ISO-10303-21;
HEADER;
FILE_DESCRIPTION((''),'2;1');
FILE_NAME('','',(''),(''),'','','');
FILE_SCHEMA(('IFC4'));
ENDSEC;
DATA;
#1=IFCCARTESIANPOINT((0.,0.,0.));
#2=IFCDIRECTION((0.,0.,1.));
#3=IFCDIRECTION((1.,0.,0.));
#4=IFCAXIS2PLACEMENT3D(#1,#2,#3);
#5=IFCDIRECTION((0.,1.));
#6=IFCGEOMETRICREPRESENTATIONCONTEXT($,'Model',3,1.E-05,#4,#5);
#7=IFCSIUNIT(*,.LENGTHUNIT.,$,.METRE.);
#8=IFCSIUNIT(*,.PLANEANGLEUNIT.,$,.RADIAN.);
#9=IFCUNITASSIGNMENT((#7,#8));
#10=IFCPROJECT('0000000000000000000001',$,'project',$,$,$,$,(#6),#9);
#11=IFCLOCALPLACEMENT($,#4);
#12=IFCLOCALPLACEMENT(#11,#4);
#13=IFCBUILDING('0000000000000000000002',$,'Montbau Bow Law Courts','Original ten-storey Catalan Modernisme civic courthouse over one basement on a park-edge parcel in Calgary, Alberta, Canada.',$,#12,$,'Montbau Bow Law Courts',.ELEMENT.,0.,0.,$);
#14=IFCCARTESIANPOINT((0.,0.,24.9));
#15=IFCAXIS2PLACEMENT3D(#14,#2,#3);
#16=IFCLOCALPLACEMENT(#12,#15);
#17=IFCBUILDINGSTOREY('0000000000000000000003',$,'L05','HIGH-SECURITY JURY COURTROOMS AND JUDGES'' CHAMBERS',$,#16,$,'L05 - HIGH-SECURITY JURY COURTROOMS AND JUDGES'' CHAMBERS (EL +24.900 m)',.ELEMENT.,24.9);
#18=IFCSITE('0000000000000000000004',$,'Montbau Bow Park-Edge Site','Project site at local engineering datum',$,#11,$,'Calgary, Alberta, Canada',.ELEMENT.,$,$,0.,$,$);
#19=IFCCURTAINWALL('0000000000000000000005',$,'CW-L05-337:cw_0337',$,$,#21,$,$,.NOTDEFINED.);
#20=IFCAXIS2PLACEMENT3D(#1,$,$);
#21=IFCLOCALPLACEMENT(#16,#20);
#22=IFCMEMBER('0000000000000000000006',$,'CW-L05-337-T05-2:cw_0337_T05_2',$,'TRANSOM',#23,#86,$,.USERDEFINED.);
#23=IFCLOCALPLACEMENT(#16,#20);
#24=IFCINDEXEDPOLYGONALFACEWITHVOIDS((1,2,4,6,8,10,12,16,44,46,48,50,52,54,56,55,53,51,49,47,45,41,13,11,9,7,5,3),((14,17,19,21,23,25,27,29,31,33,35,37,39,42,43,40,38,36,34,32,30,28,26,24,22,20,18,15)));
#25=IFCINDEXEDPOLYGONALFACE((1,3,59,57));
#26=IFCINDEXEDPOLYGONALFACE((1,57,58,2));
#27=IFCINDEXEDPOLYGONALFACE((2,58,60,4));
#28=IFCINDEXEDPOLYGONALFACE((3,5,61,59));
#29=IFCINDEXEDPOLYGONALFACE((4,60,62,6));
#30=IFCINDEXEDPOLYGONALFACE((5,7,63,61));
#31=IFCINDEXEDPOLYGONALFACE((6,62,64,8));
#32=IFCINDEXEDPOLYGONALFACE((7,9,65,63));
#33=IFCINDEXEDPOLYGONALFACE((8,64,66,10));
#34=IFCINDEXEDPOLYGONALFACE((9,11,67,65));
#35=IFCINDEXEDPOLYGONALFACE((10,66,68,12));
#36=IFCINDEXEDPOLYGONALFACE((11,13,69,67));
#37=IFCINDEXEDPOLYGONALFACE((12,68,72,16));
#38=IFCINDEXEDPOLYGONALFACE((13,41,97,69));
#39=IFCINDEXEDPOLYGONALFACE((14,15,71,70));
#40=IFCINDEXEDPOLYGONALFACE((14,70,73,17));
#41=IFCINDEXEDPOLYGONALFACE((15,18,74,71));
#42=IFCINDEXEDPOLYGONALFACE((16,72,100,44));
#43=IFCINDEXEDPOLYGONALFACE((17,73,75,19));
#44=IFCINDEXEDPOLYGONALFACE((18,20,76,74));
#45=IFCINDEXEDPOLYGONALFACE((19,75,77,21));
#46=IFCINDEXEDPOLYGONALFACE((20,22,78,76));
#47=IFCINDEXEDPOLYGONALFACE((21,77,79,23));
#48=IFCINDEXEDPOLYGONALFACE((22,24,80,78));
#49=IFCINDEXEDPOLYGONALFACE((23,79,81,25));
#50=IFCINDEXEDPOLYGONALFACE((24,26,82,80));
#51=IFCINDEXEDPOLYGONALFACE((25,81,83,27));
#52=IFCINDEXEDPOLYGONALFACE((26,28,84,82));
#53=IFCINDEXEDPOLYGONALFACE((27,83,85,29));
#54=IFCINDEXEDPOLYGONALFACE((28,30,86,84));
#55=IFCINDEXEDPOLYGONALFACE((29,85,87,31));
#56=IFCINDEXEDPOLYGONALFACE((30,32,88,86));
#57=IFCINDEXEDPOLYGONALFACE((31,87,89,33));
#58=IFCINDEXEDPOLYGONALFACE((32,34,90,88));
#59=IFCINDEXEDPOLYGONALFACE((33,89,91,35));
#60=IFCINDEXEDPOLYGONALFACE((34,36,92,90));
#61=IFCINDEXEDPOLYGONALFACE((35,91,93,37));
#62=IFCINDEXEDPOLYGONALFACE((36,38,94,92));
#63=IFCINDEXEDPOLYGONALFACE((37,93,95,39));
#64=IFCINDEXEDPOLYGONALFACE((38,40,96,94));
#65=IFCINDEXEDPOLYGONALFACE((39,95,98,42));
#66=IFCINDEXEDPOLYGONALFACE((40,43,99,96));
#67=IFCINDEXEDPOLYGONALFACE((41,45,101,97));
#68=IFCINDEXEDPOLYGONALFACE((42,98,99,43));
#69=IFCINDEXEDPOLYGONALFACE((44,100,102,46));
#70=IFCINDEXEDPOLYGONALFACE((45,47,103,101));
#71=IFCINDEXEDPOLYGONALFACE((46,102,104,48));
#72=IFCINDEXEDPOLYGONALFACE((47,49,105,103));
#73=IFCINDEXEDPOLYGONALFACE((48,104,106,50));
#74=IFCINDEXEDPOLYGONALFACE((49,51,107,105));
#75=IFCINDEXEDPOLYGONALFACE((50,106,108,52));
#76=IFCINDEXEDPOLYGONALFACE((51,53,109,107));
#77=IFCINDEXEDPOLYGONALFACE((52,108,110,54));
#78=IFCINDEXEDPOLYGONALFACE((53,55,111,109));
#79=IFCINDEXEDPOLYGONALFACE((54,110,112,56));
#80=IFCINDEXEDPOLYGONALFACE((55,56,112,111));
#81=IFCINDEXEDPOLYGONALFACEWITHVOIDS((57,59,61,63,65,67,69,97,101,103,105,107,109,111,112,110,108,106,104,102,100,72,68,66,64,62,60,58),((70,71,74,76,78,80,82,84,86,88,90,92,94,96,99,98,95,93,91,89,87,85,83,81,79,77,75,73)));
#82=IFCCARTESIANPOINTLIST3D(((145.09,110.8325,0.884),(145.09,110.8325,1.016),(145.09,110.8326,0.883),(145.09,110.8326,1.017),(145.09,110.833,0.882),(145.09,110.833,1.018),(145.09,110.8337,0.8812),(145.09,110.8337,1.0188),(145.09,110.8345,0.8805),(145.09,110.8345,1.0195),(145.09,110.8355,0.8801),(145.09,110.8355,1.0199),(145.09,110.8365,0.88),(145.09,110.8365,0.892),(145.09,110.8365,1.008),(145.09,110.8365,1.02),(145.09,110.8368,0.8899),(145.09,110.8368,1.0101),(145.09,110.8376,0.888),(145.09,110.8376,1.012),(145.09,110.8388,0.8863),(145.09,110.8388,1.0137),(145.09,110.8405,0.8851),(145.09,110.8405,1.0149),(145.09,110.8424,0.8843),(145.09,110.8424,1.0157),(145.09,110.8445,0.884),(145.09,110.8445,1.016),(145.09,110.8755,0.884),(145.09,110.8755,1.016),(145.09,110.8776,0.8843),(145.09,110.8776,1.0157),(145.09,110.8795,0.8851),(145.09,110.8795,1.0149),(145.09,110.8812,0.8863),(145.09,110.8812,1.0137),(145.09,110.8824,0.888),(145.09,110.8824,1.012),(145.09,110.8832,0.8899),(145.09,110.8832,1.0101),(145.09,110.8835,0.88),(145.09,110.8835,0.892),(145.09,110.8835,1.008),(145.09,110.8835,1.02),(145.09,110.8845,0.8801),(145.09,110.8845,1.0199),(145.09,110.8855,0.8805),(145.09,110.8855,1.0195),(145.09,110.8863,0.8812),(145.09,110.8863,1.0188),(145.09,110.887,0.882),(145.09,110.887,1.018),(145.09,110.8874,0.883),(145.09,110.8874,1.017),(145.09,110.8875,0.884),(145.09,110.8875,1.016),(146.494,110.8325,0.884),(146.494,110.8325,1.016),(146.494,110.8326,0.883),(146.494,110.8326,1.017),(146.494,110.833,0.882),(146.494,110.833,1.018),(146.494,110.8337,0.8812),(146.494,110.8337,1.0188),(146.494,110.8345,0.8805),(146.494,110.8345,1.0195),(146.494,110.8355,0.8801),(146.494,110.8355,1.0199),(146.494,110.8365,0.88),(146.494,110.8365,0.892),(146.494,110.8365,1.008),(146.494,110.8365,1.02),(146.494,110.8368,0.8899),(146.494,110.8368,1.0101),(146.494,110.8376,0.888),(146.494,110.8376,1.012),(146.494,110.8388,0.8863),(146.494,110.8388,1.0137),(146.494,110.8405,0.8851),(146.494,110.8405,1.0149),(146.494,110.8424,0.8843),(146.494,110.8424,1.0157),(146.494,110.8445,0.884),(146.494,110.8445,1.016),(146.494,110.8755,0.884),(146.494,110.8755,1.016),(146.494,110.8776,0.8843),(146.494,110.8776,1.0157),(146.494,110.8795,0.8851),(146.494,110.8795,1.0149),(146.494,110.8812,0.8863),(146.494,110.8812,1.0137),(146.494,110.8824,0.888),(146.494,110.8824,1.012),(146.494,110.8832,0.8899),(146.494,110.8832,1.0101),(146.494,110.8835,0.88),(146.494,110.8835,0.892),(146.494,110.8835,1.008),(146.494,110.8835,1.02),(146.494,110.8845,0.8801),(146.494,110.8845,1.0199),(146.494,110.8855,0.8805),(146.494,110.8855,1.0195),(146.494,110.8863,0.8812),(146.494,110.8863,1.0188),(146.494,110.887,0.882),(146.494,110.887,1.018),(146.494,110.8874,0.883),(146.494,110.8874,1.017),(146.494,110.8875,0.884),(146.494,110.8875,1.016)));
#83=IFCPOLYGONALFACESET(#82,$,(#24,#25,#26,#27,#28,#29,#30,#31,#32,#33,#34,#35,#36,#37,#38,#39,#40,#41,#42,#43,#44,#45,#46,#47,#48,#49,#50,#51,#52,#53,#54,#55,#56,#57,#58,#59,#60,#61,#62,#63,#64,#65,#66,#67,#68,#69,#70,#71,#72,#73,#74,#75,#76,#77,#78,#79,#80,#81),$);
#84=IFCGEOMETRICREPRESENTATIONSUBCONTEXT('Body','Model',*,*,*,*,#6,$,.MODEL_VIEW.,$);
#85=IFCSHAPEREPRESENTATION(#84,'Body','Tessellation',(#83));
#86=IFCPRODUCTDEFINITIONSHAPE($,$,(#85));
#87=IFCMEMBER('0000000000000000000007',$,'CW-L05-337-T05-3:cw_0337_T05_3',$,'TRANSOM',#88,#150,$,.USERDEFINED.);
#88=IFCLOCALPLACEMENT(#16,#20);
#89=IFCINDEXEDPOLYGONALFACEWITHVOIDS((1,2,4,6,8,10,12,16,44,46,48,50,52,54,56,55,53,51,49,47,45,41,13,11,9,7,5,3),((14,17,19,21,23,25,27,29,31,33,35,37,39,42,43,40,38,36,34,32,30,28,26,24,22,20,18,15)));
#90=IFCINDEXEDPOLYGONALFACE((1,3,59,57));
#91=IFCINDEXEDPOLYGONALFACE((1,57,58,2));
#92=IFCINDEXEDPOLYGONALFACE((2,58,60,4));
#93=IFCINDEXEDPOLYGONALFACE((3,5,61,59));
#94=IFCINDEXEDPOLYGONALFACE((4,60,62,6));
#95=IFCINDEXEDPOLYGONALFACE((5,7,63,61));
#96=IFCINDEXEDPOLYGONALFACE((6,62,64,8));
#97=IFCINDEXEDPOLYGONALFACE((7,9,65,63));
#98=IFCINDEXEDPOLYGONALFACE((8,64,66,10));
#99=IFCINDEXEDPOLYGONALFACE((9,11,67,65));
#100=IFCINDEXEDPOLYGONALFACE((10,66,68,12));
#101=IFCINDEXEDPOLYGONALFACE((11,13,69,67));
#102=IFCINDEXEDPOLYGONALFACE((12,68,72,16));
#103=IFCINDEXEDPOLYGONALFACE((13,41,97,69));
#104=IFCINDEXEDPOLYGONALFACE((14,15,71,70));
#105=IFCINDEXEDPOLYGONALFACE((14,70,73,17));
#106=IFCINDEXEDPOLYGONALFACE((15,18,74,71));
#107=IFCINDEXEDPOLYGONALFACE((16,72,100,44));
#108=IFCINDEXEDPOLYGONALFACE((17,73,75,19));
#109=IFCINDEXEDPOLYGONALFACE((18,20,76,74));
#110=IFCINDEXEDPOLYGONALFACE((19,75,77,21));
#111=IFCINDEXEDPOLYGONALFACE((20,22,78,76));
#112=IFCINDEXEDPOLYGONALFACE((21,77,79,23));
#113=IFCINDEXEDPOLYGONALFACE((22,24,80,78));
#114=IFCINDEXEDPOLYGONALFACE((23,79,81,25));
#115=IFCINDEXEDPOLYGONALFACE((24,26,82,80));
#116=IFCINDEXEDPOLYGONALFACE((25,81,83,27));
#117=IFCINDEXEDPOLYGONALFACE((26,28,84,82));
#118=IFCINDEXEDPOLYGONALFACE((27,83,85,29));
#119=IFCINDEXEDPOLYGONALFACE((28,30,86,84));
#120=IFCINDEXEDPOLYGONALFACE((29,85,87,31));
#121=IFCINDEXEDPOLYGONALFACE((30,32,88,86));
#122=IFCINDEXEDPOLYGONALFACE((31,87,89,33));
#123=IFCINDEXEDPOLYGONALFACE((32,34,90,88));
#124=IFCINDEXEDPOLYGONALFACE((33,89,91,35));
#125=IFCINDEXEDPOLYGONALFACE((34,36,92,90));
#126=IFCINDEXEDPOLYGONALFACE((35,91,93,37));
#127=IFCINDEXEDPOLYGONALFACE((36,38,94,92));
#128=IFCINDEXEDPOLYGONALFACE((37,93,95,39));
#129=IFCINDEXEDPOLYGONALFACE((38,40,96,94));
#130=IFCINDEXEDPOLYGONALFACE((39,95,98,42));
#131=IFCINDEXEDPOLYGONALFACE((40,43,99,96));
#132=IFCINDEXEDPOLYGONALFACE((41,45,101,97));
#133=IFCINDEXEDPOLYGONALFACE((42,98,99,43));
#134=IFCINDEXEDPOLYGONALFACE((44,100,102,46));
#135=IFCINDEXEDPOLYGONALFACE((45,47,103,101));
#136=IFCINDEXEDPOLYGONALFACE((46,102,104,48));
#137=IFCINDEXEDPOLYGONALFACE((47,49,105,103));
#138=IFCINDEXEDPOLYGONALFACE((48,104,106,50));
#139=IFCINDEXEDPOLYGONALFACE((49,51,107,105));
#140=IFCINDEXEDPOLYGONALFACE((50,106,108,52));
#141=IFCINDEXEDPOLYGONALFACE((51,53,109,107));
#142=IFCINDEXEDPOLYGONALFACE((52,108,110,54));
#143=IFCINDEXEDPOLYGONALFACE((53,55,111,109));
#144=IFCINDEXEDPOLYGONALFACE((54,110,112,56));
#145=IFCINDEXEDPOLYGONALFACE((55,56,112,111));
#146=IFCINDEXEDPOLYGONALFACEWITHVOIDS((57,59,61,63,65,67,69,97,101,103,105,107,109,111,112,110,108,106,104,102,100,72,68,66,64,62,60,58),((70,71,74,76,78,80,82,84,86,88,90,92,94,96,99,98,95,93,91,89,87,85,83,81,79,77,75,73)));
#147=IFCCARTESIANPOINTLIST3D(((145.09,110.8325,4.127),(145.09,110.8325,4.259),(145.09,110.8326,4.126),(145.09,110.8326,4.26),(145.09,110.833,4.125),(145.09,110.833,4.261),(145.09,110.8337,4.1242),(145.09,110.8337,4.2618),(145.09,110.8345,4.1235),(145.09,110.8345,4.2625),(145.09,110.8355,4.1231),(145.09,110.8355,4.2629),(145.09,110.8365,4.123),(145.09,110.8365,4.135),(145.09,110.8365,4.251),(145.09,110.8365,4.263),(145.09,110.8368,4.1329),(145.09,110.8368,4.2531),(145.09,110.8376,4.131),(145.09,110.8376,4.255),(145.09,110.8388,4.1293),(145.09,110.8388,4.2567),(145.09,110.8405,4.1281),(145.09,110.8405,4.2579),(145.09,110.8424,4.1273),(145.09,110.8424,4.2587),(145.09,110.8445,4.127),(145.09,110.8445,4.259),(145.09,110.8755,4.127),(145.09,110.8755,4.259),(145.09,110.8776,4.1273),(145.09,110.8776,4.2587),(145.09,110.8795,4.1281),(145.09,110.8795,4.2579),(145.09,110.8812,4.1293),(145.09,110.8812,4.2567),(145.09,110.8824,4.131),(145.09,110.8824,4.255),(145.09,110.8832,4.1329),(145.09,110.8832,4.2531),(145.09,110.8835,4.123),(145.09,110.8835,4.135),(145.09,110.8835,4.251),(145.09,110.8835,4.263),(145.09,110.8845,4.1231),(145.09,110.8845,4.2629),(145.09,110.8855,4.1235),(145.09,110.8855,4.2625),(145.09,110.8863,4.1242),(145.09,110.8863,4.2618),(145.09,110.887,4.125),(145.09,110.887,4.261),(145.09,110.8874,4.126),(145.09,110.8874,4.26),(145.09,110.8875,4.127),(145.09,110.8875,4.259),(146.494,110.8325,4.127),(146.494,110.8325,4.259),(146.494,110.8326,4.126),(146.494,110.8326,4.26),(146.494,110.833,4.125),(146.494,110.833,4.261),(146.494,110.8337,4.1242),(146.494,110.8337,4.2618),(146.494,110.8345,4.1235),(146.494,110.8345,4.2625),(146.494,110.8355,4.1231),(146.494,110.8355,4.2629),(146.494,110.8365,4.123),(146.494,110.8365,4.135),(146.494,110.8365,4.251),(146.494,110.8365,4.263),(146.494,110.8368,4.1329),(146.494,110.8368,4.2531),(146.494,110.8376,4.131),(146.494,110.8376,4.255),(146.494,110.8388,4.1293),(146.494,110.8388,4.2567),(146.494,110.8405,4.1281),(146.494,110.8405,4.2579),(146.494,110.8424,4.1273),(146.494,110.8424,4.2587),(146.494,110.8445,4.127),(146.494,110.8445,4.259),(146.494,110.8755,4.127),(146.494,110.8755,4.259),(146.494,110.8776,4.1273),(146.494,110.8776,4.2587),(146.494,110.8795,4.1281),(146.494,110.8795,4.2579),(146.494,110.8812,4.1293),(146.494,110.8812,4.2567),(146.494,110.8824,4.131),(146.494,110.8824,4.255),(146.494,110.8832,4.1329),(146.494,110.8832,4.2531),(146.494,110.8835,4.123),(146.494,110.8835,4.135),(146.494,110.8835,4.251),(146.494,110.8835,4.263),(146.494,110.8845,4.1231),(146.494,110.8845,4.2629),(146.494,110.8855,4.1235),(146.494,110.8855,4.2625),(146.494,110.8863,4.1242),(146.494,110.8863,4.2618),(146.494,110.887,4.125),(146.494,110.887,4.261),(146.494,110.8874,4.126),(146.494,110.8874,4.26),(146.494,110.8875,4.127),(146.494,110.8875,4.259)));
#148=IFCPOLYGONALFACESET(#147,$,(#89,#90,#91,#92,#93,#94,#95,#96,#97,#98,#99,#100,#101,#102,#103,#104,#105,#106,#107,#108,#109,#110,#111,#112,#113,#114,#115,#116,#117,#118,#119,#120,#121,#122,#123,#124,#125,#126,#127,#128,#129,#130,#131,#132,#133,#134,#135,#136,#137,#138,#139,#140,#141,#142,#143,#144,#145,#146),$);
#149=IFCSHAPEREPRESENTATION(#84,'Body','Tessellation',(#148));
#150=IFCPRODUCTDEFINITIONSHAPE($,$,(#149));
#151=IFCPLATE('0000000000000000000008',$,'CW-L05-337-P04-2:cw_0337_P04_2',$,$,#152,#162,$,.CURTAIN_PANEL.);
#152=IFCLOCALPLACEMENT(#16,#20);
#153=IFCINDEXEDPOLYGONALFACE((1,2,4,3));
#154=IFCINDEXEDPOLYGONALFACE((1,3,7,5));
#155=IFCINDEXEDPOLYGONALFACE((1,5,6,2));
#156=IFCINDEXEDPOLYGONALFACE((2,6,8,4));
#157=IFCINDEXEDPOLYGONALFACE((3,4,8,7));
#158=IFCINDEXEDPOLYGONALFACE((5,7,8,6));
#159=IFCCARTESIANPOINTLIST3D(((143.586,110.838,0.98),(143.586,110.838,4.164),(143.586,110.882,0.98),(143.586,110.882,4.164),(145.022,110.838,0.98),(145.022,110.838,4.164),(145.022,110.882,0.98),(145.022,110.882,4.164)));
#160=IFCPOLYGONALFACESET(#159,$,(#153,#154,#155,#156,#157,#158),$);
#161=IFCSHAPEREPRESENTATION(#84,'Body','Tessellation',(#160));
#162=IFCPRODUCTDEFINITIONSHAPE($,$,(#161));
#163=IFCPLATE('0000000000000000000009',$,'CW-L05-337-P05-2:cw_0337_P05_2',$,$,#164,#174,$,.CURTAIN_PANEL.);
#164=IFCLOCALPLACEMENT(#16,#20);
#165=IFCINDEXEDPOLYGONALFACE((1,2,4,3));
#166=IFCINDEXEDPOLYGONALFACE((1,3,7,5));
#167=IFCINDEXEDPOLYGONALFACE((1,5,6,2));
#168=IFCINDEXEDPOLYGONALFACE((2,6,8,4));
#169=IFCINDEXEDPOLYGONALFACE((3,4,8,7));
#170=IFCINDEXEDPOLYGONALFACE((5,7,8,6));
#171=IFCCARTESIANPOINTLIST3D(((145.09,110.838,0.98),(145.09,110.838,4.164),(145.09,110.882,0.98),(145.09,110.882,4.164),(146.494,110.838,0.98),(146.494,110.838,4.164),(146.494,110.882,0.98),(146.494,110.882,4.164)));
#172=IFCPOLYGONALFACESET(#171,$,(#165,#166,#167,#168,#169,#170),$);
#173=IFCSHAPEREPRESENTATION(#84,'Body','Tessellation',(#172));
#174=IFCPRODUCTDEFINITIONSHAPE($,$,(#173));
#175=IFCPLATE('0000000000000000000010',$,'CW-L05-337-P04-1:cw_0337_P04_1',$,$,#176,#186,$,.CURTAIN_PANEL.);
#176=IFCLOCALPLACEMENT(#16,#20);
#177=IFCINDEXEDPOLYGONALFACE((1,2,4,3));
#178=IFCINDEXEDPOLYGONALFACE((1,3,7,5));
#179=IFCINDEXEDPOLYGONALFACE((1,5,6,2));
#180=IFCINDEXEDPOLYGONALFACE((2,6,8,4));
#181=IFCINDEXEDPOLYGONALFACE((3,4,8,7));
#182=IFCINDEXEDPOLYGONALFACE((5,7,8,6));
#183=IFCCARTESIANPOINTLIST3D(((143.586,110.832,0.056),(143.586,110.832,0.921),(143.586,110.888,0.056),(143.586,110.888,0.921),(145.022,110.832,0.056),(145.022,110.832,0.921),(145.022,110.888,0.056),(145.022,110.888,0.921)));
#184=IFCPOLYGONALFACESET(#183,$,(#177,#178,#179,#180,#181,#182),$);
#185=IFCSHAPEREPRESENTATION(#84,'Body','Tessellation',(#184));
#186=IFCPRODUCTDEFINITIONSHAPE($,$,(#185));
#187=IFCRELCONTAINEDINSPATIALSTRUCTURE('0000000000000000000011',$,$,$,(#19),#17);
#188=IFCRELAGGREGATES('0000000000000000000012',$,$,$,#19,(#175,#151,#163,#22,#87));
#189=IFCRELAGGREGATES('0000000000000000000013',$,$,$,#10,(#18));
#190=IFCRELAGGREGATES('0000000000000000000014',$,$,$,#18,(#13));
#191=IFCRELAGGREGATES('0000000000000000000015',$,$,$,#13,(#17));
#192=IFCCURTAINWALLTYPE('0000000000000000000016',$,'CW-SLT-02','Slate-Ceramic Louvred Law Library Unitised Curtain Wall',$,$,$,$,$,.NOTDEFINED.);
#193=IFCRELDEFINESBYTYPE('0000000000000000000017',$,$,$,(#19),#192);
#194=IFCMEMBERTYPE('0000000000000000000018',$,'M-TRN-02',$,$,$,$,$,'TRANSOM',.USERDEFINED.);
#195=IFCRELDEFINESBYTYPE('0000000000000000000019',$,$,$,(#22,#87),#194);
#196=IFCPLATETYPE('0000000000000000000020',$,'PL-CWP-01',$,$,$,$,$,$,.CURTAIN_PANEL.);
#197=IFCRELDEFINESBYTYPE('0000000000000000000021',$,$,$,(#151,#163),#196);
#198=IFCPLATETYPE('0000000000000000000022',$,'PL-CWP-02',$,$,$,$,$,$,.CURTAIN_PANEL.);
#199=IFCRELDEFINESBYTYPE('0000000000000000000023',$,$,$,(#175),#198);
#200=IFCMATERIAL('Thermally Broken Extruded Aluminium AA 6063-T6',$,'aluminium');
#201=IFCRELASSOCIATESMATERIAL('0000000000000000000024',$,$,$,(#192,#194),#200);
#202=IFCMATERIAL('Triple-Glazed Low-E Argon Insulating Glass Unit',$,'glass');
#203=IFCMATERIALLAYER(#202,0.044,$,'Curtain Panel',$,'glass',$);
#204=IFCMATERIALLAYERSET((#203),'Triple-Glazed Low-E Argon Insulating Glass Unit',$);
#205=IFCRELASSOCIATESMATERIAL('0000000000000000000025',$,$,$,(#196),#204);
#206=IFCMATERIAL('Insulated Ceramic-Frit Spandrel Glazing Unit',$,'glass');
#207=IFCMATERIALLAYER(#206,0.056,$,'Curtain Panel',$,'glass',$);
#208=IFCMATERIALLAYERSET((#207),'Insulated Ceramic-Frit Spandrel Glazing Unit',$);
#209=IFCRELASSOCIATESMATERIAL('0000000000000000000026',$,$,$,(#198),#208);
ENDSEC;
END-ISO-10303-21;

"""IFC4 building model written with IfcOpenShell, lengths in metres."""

from ifc_helpers import new_model, si_unit, direction, frame, frame_2d, origin_with_axes, origin_2d_with_axis, place, context, subcontext, project, spatial, rectangle, hollow_rectangle, extrude, material, layer, layer_set, material_profile, profile_set, type_object, element, aggregate, save


model = new_model("IFC4")

# Units and contexts
model_context = context("Model", 3, precision=1e-05, world=origin_with_axes(), true_north=direction((0.0, 1.0)))
body_context = subcontext(model_context, "Body", "Model", "MODEL_VIEW")
ifc_project = project(units=[si_unit("LENGTHUNIT", "METRE"), si_unit("PLANEANGLEUNIT", "RADIAN")], contexts=[model_context])

# Site, building, storey
site_placement = place(None, origin_with_axes())
site = spatial("IfcSite", under=ifc_project, at=site_placement, Name="Montbau Bow Park-Edge Site", Description="Project site at local engineering datum", LongName="Calgary, Alberta, Canada", CompositionType="ELEMENT", RefElevation=0.0)
building_placement = place(site_placement, origin_with_axes())
building = spatial("IfcBuilding", under=site, at=building_placement, Name="Montbau Bow Law Courts", Description="Original ten-storey Catalan Modernisme civic courthouse over one basement on a park-edge parcel in Calgary, Alberta, Canada.", LongName="Montbau Bow Law Courts", CompositionType="ELEMENT", ElevationOfRefHeight=0.0, ElevationOfTerrain=0.0)
storey_placement = place(building_placement, frame((0.0, 0.0, 24.9), z_axis=(0.0, 0.0, 1.0), x_axis=(1.0, 0.0, 0.0)))
storey = spatial("IfcBuildingStorey", under=building, at=storey_placement, Name="L05", Description="HIGH-SECURITY JURY COURTROOMS AND JUDGES' CHAMBERS", LongName="L05 - HIGH-SECURITY JURY COURTROOMS AND JUDGES' CHAMBERS (EL +24.900 m)", CompositionType="ELEMENT", Elevation=24.9)

# Curtain wall, members, plates
ifc_material_1 = material(Name="Thermally Broken Extruded Aluminium AA 6063-T6", Category="aluminium")
curtain_wall_type = type_object("IfcCurtainWallType", Name="CW-SLT-02", Description="Slate-Ceramic Louvred Law Library Unitised Curtain Wall", PredefinedType="NOTDEFINED", material=ifc_material_1)
curtain_wall_placement = place(None, frame((139.04, 110.86, 24.9), z_axis=(0.0, 0.0, 1.0), x_axis=(1.0, 0.0, 0.0)))
curtain_wall = element("IfcCurtainWall", 1, at=curtain_wall_placement, inside=storey, type_object=curtain_wall_type, Name="CW-L05-337:cw_0337", PredefinedType="NOTDEFINED")
ifc_material_profile_1 = material_profile(ifc_material_1, hollow_rectangle(XDim=0.055, YDim=0.14, WallThickness=0.004, InnerFilletRadius=0.008, OuterFilletRadius=0.004, at=origin_2d_with_axis()), Name="CWT-140X55", Category="Main", Priority=0)
ifc_profile_set_1 = profile_set([ifc_material_profile_1], Name="Thermally Broken Extruded Aluminium AA 6063-T6")
member_type_1 = type_object("IfcMemberType", Name="M-TRN-02", ElementType="TRANSOM", PredefinedType="USERDEFINED", material=ifc_profile_set_1)
member_1_placement = place(None, frame((145.09, 110.86, 25.85), z_axis=(1.0, 0.0, 0.0), x_axis=(0.0, 1.0, 0.0)))
member_1 = element("IfcMember", 2, at=member_1_placement, type_object=member_type_1, Name="CW-L05-337-T05-2:cw_0337_T05_2", ObjectType="TRANSOM", PredefinedType="USERDEFINED", context=body_context, shape_type="SweptSolid", body=[
    extrude(hollow_rectangle(XDim=0.055, YDim=0.14, WallThickness=0.004, InnerFilletRadius=0.008, OuterFilletRadius=0.004, at=origin_2d_with_axis()), origin_with_axes(), (0.0, 0.0, 1.0), 1.404),
])
member_2_placement = place(None, frame((145.09, 110.86, 29.093), z_axis=(1.0, 0.0, 0.0), x_axis=(0.0, 1.0, 0.0)))
member_2 = element("IfcMember", 3, at=member_2_placement, type_object=member_type_1, Name="CW-L05-337-T05-3:cw_0337_T05_3", ObjectType="TRANSOM", PredefinedType="USERDEFINED", context=body_context, shape_type="SweptSolid", body=[
    extrude(hollow_rectangle(XDim=0.055, YDim=0.14, WallThickness=0.004, InnerFilletRadius=0.008, OuterFilletRadius=0.004, at=origin_2d_with_axis()), origin_with_axes(), (0.0, 0.0, 1.0), 1.404),
])
ifc_material_2 = material(Name="Triple-Glazed Low-E Argon Insulating Glass Unit", Category="glass")
ifc_layer_1 = layer(ifc_material_2, 0.044, Name="Curtain Panel", Category="glass")
ifc_layer_set_1 = layer_set([ifc_layer_1], Name="Triple-Glazed Low-E Argon Insulating Glass Unit")
plate_type_1 = type_object("IfcPlateType", Name="PL-CWP-01", PredefinedType="CURTAIN_PANEL", material=ifc_layer_set_1)
plate_1_placement = place(None, frame((143.586, 110.86, 25.88), z_axis=(0.0, -1.0, 0.0), x_axis=(1.0, 0.0, 0.0)))
plate_1 = element("IfcPlate", 4, at=plate_1_placement, type_object=plate_type_1, Name="CW-L05-337-P04-2:cw_0337_P04_2", PredefinedType="CURTAIN_PANEL", context=body_context, shape_type="SweptSolid", body=[
    extrude(rectangle(XDim=1.436, YDim=3.184, at=frame_2d((0.718, 1.592), x_axis=(1.0, 0.0))), frame((0.0, 0.0, -0.022), z_axis=(0.0, 0.0, 1.0), x_axis=(1.0, 0.0, 0.0)), (0.0, 0.0, 1.0), 0.044),
])
plate_2_placement = place(None, frame((145.09, 110.86, 25.88), z_axis=(0.0, -1.0, 0.0), x_axis=(1.0, 0.0, 0.0)))
plate_2 = element("IfcPlate", 5, at=plate_2_placement, type_object=plate_type_1, Name="CW-L05-337-P05-2:cw_0337_P05_2", PredefinedType="CURTAIN_PANEL", context=body_context, shape_type="SweptSolid", body=[
    extrude(rectangle(XDim=1.404, YDim=3.184, at=frame_2d((0.702, 1.592), x_axis=(1.0, 0.0))), frame((0.0, 0.0, -0.022), z_axis=(0.0, 0.0, 1.0), x_axis=(1.0, 0.0, 0.0)), (0.0, 0.0, 1.0), 0.044),
])
ifc_material_3 = material(Name="Insulated Ceramic-Frit Spandrel Glazing Unit", Category="glass")
ifc_layer_2 = layer(ifc_material_3, 0.056, Name="Curtain Panel", Category="glass")
ifc_layer_set_2 = layer_set([ifc_layer_2], Name="Insulated Ceramic-Frit Spandrel Glazing Unit")
plate_type_2 = type_object("IfcPlateType", Name="PL-CWP-02", PredefinedType="CURTAIN_PANEL", material=ifc_layer_set_2)
plate_3_placement = place(None, frame((143.586, 110.86, 24.956), z_axis=(0.0, -1.0, 0.0), x_axis=(1.0, 0.0, 0.0)))
plate_3 = element("IfcPlate", 6, at=plate_3_placement, type_object=plate_type_2, Name="CW-L05-337-P04-1:cw_0337_P04_1", PredefinedType="CURTAIN_PANEL", context=body_context, shape_type="SweptSolid", body=[
    extrude(rectangle(XDim=1.436, YDim=0.865, at=frame_2d((0.718, 0.4325), x_axis=(1.0, 0.0))), frame((0.0, 0.0, -0.028), z_axis=(0.0, 0.0, 1.0), x_axis=(1.0, 0.0, 0.0)), (0.0, 0.0, 1.0), 0.056),
])
aggregate(curtain_wall, [plate_3, plate_1, plate_2, member_1, member_2])

save(model, "model.ifc")
